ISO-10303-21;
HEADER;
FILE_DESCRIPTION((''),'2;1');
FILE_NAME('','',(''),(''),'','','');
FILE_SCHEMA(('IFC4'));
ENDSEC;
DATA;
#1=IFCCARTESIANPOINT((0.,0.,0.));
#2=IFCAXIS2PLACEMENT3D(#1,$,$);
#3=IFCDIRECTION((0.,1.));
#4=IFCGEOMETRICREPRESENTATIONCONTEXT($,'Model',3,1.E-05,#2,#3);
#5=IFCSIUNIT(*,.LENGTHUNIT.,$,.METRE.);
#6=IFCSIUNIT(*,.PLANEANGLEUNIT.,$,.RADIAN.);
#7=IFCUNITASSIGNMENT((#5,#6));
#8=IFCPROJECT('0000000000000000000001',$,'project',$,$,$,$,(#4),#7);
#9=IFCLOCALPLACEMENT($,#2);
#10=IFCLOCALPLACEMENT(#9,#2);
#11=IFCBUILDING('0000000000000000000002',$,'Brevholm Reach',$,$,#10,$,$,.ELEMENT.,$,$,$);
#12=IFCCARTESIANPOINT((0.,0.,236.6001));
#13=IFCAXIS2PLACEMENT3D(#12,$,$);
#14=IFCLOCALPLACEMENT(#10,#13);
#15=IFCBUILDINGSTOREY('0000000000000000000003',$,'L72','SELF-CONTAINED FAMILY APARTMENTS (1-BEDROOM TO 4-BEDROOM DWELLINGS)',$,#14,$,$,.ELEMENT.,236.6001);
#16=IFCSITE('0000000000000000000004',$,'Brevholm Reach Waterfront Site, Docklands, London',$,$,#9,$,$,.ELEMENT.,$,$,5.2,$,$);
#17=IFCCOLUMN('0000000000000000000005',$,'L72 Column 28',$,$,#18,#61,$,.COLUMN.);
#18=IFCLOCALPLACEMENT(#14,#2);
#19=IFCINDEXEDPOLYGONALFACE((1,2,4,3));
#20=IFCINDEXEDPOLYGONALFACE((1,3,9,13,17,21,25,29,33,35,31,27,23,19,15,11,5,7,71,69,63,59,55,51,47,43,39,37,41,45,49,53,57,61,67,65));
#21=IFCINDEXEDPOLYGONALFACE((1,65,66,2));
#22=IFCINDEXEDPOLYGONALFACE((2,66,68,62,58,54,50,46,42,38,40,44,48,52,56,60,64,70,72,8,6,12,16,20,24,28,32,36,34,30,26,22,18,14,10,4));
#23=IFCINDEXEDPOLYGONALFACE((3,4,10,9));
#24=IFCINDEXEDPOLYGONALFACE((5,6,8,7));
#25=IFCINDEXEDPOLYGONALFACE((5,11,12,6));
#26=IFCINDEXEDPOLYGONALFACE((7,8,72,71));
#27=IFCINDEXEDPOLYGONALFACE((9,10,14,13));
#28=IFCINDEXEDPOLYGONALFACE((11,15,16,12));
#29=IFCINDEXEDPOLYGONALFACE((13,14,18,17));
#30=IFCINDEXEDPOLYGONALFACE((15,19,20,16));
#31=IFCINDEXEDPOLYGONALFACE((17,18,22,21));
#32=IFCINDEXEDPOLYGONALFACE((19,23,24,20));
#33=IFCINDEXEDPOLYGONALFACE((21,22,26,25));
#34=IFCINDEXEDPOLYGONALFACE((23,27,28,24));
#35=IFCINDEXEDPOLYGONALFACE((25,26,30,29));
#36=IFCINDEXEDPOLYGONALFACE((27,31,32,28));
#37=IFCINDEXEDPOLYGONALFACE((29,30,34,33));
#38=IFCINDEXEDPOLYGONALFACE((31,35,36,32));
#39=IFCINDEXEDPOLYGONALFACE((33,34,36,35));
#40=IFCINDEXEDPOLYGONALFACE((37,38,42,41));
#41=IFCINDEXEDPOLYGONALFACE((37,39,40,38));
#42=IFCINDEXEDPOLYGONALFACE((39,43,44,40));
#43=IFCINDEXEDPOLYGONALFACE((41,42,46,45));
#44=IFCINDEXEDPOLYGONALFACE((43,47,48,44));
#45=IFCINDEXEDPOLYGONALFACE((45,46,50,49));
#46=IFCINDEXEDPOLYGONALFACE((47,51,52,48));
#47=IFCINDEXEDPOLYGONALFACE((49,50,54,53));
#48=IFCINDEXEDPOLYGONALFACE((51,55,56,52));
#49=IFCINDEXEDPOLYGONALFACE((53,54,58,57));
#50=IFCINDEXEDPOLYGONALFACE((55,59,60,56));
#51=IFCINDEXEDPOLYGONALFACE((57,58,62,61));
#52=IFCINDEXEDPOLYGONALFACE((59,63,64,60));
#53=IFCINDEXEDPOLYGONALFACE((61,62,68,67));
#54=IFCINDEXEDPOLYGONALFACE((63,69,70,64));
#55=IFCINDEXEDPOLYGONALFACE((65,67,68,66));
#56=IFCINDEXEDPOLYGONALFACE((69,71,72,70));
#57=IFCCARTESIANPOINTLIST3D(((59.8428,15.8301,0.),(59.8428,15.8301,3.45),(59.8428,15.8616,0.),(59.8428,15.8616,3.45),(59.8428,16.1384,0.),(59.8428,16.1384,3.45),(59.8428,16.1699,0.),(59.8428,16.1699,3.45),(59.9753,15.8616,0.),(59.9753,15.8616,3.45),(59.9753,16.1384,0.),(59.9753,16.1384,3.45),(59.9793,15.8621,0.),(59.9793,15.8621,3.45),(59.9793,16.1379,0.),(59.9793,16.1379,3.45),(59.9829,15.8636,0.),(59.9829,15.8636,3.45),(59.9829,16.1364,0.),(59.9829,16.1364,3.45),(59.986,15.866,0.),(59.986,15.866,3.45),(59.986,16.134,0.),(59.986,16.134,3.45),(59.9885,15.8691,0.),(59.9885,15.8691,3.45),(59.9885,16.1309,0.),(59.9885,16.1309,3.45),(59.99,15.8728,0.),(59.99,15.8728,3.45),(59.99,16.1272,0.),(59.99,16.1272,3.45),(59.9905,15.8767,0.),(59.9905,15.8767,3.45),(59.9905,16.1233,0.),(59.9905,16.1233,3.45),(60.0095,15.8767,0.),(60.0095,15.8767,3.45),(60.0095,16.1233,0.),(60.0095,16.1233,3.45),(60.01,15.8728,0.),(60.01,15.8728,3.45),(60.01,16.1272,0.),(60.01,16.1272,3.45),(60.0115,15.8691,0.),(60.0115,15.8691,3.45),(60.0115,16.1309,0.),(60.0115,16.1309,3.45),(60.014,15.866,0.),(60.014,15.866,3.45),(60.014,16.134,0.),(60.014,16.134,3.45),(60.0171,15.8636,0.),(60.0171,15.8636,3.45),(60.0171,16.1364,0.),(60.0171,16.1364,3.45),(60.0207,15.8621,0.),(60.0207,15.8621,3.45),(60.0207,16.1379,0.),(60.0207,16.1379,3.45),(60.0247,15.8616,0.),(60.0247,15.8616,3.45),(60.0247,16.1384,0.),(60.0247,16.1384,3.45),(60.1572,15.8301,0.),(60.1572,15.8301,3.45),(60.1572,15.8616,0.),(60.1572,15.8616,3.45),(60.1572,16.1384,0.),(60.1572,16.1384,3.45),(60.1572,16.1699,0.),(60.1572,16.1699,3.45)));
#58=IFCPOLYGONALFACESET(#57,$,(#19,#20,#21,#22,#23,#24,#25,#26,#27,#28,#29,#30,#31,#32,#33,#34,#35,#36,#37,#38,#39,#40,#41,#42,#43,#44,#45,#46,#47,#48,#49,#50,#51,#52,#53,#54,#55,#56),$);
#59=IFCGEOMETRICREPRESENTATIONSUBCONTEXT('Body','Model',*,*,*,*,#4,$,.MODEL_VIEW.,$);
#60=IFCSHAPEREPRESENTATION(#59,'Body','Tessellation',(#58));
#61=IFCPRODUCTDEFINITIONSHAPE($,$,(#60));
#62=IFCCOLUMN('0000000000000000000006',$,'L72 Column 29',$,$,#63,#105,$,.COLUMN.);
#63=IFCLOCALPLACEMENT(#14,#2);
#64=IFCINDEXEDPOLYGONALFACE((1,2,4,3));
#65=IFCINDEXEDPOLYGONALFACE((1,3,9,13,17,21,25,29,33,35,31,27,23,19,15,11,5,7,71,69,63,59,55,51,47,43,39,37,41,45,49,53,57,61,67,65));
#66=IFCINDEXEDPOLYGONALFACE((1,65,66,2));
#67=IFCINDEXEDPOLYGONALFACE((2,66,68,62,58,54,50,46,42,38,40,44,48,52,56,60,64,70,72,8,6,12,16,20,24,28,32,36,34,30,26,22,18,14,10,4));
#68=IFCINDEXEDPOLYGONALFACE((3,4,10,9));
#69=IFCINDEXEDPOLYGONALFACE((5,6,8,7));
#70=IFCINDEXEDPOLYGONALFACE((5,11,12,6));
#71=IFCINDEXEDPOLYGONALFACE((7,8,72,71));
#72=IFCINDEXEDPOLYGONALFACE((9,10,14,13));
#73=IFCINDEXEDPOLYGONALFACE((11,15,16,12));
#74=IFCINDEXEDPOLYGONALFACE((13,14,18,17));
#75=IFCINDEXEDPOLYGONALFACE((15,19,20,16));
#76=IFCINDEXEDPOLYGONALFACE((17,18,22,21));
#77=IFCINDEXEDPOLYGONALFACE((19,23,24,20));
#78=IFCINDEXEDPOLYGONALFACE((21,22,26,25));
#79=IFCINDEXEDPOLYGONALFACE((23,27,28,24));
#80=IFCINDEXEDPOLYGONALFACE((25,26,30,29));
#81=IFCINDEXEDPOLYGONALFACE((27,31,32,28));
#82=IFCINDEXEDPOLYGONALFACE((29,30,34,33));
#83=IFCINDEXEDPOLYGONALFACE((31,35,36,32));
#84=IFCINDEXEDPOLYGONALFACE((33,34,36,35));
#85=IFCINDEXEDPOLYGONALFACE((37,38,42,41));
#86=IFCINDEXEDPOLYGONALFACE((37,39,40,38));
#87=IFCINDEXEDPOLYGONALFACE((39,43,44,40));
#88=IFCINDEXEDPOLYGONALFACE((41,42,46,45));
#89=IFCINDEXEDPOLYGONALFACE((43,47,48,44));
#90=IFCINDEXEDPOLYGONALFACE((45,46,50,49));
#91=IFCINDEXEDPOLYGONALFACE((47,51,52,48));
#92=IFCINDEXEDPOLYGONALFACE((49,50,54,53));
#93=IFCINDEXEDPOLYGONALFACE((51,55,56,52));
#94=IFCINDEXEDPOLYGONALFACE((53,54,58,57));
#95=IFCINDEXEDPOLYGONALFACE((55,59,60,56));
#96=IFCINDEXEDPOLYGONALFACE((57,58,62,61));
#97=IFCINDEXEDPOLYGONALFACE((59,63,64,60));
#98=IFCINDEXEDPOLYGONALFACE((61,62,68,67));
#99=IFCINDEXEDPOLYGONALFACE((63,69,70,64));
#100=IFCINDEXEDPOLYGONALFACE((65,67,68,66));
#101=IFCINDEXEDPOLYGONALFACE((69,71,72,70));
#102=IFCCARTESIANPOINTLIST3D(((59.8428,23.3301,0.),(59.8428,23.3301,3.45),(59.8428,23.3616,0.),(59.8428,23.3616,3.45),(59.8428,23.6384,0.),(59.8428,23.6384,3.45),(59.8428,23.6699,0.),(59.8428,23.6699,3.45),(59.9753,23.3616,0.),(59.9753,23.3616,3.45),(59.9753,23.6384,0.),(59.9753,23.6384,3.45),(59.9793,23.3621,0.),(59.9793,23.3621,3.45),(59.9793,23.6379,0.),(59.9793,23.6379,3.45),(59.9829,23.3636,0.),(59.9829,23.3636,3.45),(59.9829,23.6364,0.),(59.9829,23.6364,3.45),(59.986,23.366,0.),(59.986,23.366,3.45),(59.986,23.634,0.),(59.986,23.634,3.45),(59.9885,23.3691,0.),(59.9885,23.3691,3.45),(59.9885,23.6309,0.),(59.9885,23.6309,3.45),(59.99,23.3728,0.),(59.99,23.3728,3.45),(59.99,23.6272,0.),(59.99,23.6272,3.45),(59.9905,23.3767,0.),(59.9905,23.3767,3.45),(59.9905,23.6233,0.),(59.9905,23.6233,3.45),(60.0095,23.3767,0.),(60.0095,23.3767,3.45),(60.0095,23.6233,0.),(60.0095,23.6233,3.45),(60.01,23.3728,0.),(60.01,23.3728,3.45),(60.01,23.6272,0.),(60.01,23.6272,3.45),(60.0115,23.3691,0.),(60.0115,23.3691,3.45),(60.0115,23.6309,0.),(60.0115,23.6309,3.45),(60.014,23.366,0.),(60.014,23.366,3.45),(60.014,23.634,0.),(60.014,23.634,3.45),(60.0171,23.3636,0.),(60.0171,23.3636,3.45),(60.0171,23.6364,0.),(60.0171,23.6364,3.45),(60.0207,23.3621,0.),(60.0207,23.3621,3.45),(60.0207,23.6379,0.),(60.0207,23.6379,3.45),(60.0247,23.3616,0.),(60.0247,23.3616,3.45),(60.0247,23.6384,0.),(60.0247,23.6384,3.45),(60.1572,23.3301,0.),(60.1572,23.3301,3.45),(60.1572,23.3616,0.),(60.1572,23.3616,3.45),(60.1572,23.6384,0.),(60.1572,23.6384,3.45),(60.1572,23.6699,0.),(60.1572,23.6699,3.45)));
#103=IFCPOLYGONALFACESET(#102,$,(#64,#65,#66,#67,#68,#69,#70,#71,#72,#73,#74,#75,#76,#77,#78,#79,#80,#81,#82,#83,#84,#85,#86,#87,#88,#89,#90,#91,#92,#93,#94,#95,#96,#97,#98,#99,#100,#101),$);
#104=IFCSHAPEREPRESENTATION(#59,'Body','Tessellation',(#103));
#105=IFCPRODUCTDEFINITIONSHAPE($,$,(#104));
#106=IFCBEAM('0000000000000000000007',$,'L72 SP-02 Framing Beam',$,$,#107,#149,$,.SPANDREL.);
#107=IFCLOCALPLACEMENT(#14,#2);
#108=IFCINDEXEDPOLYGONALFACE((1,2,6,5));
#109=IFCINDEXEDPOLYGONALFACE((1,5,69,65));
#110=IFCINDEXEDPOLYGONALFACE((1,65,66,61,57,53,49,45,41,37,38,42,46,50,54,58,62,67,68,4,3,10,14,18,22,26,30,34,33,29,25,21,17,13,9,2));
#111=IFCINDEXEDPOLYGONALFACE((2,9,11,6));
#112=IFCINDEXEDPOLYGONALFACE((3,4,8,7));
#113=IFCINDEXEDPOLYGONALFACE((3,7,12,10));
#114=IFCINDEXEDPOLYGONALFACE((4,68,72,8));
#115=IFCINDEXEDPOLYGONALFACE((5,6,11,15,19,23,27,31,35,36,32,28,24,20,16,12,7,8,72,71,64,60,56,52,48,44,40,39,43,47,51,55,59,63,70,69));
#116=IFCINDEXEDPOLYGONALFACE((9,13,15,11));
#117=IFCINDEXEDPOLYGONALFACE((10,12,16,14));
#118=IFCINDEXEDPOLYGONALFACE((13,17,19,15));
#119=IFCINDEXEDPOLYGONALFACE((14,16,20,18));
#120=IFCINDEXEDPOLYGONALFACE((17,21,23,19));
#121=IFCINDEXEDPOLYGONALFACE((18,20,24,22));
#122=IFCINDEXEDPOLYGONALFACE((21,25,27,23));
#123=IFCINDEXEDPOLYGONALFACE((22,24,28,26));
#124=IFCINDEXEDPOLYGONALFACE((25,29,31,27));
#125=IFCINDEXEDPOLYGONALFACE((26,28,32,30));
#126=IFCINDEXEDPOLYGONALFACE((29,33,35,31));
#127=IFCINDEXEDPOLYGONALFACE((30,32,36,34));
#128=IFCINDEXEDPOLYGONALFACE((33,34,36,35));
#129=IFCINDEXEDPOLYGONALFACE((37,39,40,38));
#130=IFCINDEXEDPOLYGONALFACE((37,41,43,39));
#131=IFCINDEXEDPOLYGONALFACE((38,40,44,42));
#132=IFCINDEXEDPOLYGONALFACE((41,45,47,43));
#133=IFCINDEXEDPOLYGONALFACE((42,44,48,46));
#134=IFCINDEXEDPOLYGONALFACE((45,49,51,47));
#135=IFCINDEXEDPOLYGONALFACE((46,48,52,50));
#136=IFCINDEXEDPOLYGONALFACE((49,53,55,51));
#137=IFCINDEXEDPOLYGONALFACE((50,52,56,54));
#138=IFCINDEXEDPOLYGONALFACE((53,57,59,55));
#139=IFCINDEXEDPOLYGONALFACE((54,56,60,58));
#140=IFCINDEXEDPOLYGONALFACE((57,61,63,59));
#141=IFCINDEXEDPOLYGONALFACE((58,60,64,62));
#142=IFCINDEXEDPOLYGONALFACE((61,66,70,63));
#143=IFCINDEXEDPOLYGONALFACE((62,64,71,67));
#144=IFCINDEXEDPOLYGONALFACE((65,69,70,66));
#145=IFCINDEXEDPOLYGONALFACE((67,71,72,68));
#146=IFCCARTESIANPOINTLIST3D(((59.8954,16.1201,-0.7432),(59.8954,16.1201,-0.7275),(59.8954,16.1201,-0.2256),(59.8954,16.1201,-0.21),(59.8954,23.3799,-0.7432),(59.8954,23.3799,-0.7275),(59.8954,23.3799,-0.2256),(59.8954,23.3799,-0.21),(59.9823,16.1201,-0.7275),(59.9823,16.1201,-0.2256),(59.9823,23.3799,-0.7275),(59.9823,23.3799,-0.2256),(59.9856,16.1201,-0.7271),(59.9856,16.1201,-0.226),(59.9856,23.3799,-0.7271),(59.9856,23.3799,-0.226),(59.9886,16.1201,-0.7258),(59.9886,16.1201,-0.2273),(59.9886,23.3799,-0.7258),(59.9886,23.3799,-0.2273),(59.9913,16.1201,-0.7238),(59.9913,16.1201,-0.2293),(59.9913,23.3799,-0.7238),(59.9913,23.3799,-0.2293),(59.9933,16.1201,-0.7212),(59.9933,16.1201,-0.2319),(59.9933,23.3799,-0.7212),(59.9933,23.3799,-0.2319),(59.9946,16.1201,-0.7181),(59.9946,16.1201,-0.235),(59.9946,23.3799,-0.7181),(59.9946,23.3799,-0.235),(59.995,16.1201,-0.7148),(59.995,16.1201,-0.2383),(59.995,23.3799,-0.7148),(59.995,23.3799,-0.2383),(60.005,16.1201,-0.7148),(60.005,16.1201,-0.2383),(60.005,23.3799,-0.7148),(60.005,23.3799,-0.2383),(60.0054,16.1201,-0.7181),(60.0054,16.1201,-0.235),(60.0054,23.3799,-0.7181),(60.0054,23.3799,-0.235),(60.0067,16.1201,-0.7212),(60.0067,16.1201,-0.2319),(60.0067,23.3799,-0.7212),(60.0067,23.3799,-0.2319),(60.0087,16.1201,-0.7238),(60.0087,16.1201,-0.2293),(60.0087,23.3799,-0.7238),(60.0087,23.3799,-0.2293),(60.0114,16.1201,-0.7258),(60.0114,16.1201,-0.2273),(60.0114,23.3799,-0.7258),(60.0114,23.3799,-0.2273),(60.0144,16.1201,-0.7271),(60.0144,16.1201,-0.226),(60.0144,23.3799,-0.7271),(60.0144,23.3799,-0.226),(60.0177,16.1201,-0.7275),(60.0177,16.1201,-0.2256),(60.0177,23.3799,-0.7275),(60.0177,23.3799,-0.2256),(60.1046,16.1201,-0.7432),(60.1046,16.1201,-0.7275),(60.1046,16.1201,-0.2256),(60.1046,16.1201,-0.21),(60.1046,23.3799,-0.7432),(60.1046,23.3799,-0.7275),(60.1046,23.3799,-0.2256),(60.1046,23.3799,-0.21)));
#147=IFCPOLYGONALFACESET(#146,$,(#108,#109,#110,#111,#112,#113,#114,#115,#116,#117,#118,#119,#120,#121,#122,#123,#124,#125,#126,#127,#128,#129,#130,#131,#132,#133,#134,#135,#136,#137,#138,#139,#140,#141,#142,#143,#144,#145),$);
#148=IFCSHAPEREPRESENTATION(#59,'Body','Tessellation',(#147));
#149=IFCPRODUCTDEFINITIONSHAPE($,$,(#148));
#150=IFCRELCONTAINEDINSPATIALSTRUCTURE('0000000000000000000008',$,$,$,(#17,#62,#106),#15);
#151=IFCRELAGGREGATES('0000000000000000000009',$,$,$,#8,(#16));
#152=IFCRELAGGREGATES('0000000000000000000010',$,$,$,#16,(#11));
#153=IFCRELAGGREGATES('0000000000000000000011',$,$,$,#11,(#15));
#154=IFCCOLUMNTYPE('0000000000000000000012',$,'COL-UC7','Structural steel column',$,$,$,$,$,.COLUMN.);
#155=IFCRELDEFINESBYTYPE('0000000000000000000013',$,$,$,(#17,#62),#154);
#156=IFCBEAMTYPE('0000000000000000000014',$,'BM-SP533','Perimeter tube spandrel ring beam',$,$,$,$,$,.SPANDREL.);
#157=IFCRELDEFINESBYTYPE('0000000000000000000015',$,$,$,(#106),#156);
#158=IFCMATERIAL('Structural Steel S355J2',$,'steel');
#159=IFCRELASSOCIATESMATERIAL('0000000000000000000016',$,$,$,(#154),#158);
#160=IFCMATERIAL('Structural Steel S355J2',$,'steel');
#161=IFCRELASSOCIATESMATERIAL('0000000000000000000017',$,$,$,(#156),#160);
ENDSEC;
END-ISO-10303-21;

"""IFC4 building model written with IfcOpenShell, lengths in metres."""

from ifc_helpers import new_model, si_unit, direction, frame, origin, origin_2d, place, context, subcontext, project, spatial, i_section, extrude, material, material_profile, profile_set, type_object, element, save


model = new_model("IFC4")

# Units and contexts
model_context = context("Model", 3, precision=1e-05, world=origin(), true_north=direction((0.0, 1.0)))
body_context = subcontext(model_context, "Body", "Model", "MODEL_VIEW")
ifc_project = project(units=[si_unit("LENGTHUNIT", "METRE"), si_unit("PLANEANGLEUNIT", "RADIAN")], contexts=[model_context])

# Site, building, storey
site_placement = place(None, origin())
site = spatial("IfcSite", under=ifc_project, at=site_placement, Name="Brevholm Reach Waterfront Site, Docklands, London", CompositionType="ELEMENT", RefElevation=5.2)
building_placement = place(site_placement, origin())
building = spatial("IfcBuilding", under=site, at=building_placement, Name="Brevholm Reach", CompositionType="ELEMENT")
storey_placement = place(building_placement, frame((0.0, 0.0, 236.6001)))
storey = spatial("IfcBuildingStorey", under=building, at=storey_placement, Name="L72", Description="SELF-CONTAINED FAMILY APARTMENTS (1-BEDROOM TO 4-BEDROOM DWELLINGS)", CompositionType="ELEMENT", Elevation=236.6001)

# Columns
ifc_material_1 = material(Name="Structural Steel S355J2", Category="steel")
ifc_material_profile_1 = material_profile(ifc_material_1, i_section(OverallWidth=0.3145, OverallDepth=0.3398, WebThickness=0.019, FlangeThickness=0.0315, FilletRadius=0.0151, at=origin_2d()), Name="UKC 305x305x198")
ifc_profile_set_1 = profile_set([ifc_material_profile_1], Name="Structural Steel S355J2")
column_type = type_object("IfcColumnType", Name="COL-UC7", Description="Structural steel column", PredefinedType="COLUMN", material=ifc_profile_set_1)
for number, where, z_axis, x_axis, name in (
    (1, (60.0, 16.0, 0.0), (0.0, 0.0, 1.0), (1.0, 0.0, 0.0), "L72 Column 28"),
    (2, (60.0, 23.5, 0.0), (0.0, 0.0, 1.0), (1.0, 0.0, 0.0), "L72 Column 29"),
):
    element("IfcColumn", number, at=place(storey_placement, frame(where, z_axis=z_axis, x_axis=x_axis)), inside=storey, type_object=column_type, Name=name, PredefinedType="COLUMN", context=body_context, shape_type="SweptSolid", body=[
        extrude(i_section(OverallWidth=0.3145, OverallDepth=0.3398, WebThickness=0.019, FlangeThickness=0.0315, FilletRadius=0.0151, at=origin_2d()), origin(), (0.0, 0.0, 1.0), 3.45),
    ])

# Beam
ifc_material_2 = material(Name="Structural Steel S355J2", Category="steel")
ifc_material_profile_2 = material_profile(ifc_material_2, i_section(OverallWidth=0.2092, OverallDepth=0.5332, WebThickness=0.01, FlangeThickness=0.0156, FilletRadius=0.0127, at=origin_2d()), Name="UKB 533x210x92")
ifc_profile_set_2 = profile_set([ifc_material_profile_2], Name="Structural Steel S355J2")
beam_type = type_object("IfcBeamType", Name="BM-SP533", Description="Perimeter tube spandrel ring beam", PredefinedType="SPANDREL", material=ifc_profile_set_2)
beam_placement = place(storey_placement, frame((60.0, 16.1201, -0.4766), z_axis=(0.0, 1.0, 0.0), x_axis=(-1.0, 0.0, 0.0)))
element("IfcBeam", 3, at=beam_placement, inside=storey, type_object=beam_type, Name="L72 SP-02 Framing Beam", PredefinedType="SPANDREL", context=body_context, shape_type="SweptSolid", body=[
    extrude(i_section(OverallWidth=0.2092, OverallDepth=0.5332, WebThickness=0.01, FlangeThickness=0.0156, FilletRadius=0.0127, at=origin_2d()), origin(), (0.0, 0.0, 1.0), 7.2598),
])

save(model, "model.ifc")
